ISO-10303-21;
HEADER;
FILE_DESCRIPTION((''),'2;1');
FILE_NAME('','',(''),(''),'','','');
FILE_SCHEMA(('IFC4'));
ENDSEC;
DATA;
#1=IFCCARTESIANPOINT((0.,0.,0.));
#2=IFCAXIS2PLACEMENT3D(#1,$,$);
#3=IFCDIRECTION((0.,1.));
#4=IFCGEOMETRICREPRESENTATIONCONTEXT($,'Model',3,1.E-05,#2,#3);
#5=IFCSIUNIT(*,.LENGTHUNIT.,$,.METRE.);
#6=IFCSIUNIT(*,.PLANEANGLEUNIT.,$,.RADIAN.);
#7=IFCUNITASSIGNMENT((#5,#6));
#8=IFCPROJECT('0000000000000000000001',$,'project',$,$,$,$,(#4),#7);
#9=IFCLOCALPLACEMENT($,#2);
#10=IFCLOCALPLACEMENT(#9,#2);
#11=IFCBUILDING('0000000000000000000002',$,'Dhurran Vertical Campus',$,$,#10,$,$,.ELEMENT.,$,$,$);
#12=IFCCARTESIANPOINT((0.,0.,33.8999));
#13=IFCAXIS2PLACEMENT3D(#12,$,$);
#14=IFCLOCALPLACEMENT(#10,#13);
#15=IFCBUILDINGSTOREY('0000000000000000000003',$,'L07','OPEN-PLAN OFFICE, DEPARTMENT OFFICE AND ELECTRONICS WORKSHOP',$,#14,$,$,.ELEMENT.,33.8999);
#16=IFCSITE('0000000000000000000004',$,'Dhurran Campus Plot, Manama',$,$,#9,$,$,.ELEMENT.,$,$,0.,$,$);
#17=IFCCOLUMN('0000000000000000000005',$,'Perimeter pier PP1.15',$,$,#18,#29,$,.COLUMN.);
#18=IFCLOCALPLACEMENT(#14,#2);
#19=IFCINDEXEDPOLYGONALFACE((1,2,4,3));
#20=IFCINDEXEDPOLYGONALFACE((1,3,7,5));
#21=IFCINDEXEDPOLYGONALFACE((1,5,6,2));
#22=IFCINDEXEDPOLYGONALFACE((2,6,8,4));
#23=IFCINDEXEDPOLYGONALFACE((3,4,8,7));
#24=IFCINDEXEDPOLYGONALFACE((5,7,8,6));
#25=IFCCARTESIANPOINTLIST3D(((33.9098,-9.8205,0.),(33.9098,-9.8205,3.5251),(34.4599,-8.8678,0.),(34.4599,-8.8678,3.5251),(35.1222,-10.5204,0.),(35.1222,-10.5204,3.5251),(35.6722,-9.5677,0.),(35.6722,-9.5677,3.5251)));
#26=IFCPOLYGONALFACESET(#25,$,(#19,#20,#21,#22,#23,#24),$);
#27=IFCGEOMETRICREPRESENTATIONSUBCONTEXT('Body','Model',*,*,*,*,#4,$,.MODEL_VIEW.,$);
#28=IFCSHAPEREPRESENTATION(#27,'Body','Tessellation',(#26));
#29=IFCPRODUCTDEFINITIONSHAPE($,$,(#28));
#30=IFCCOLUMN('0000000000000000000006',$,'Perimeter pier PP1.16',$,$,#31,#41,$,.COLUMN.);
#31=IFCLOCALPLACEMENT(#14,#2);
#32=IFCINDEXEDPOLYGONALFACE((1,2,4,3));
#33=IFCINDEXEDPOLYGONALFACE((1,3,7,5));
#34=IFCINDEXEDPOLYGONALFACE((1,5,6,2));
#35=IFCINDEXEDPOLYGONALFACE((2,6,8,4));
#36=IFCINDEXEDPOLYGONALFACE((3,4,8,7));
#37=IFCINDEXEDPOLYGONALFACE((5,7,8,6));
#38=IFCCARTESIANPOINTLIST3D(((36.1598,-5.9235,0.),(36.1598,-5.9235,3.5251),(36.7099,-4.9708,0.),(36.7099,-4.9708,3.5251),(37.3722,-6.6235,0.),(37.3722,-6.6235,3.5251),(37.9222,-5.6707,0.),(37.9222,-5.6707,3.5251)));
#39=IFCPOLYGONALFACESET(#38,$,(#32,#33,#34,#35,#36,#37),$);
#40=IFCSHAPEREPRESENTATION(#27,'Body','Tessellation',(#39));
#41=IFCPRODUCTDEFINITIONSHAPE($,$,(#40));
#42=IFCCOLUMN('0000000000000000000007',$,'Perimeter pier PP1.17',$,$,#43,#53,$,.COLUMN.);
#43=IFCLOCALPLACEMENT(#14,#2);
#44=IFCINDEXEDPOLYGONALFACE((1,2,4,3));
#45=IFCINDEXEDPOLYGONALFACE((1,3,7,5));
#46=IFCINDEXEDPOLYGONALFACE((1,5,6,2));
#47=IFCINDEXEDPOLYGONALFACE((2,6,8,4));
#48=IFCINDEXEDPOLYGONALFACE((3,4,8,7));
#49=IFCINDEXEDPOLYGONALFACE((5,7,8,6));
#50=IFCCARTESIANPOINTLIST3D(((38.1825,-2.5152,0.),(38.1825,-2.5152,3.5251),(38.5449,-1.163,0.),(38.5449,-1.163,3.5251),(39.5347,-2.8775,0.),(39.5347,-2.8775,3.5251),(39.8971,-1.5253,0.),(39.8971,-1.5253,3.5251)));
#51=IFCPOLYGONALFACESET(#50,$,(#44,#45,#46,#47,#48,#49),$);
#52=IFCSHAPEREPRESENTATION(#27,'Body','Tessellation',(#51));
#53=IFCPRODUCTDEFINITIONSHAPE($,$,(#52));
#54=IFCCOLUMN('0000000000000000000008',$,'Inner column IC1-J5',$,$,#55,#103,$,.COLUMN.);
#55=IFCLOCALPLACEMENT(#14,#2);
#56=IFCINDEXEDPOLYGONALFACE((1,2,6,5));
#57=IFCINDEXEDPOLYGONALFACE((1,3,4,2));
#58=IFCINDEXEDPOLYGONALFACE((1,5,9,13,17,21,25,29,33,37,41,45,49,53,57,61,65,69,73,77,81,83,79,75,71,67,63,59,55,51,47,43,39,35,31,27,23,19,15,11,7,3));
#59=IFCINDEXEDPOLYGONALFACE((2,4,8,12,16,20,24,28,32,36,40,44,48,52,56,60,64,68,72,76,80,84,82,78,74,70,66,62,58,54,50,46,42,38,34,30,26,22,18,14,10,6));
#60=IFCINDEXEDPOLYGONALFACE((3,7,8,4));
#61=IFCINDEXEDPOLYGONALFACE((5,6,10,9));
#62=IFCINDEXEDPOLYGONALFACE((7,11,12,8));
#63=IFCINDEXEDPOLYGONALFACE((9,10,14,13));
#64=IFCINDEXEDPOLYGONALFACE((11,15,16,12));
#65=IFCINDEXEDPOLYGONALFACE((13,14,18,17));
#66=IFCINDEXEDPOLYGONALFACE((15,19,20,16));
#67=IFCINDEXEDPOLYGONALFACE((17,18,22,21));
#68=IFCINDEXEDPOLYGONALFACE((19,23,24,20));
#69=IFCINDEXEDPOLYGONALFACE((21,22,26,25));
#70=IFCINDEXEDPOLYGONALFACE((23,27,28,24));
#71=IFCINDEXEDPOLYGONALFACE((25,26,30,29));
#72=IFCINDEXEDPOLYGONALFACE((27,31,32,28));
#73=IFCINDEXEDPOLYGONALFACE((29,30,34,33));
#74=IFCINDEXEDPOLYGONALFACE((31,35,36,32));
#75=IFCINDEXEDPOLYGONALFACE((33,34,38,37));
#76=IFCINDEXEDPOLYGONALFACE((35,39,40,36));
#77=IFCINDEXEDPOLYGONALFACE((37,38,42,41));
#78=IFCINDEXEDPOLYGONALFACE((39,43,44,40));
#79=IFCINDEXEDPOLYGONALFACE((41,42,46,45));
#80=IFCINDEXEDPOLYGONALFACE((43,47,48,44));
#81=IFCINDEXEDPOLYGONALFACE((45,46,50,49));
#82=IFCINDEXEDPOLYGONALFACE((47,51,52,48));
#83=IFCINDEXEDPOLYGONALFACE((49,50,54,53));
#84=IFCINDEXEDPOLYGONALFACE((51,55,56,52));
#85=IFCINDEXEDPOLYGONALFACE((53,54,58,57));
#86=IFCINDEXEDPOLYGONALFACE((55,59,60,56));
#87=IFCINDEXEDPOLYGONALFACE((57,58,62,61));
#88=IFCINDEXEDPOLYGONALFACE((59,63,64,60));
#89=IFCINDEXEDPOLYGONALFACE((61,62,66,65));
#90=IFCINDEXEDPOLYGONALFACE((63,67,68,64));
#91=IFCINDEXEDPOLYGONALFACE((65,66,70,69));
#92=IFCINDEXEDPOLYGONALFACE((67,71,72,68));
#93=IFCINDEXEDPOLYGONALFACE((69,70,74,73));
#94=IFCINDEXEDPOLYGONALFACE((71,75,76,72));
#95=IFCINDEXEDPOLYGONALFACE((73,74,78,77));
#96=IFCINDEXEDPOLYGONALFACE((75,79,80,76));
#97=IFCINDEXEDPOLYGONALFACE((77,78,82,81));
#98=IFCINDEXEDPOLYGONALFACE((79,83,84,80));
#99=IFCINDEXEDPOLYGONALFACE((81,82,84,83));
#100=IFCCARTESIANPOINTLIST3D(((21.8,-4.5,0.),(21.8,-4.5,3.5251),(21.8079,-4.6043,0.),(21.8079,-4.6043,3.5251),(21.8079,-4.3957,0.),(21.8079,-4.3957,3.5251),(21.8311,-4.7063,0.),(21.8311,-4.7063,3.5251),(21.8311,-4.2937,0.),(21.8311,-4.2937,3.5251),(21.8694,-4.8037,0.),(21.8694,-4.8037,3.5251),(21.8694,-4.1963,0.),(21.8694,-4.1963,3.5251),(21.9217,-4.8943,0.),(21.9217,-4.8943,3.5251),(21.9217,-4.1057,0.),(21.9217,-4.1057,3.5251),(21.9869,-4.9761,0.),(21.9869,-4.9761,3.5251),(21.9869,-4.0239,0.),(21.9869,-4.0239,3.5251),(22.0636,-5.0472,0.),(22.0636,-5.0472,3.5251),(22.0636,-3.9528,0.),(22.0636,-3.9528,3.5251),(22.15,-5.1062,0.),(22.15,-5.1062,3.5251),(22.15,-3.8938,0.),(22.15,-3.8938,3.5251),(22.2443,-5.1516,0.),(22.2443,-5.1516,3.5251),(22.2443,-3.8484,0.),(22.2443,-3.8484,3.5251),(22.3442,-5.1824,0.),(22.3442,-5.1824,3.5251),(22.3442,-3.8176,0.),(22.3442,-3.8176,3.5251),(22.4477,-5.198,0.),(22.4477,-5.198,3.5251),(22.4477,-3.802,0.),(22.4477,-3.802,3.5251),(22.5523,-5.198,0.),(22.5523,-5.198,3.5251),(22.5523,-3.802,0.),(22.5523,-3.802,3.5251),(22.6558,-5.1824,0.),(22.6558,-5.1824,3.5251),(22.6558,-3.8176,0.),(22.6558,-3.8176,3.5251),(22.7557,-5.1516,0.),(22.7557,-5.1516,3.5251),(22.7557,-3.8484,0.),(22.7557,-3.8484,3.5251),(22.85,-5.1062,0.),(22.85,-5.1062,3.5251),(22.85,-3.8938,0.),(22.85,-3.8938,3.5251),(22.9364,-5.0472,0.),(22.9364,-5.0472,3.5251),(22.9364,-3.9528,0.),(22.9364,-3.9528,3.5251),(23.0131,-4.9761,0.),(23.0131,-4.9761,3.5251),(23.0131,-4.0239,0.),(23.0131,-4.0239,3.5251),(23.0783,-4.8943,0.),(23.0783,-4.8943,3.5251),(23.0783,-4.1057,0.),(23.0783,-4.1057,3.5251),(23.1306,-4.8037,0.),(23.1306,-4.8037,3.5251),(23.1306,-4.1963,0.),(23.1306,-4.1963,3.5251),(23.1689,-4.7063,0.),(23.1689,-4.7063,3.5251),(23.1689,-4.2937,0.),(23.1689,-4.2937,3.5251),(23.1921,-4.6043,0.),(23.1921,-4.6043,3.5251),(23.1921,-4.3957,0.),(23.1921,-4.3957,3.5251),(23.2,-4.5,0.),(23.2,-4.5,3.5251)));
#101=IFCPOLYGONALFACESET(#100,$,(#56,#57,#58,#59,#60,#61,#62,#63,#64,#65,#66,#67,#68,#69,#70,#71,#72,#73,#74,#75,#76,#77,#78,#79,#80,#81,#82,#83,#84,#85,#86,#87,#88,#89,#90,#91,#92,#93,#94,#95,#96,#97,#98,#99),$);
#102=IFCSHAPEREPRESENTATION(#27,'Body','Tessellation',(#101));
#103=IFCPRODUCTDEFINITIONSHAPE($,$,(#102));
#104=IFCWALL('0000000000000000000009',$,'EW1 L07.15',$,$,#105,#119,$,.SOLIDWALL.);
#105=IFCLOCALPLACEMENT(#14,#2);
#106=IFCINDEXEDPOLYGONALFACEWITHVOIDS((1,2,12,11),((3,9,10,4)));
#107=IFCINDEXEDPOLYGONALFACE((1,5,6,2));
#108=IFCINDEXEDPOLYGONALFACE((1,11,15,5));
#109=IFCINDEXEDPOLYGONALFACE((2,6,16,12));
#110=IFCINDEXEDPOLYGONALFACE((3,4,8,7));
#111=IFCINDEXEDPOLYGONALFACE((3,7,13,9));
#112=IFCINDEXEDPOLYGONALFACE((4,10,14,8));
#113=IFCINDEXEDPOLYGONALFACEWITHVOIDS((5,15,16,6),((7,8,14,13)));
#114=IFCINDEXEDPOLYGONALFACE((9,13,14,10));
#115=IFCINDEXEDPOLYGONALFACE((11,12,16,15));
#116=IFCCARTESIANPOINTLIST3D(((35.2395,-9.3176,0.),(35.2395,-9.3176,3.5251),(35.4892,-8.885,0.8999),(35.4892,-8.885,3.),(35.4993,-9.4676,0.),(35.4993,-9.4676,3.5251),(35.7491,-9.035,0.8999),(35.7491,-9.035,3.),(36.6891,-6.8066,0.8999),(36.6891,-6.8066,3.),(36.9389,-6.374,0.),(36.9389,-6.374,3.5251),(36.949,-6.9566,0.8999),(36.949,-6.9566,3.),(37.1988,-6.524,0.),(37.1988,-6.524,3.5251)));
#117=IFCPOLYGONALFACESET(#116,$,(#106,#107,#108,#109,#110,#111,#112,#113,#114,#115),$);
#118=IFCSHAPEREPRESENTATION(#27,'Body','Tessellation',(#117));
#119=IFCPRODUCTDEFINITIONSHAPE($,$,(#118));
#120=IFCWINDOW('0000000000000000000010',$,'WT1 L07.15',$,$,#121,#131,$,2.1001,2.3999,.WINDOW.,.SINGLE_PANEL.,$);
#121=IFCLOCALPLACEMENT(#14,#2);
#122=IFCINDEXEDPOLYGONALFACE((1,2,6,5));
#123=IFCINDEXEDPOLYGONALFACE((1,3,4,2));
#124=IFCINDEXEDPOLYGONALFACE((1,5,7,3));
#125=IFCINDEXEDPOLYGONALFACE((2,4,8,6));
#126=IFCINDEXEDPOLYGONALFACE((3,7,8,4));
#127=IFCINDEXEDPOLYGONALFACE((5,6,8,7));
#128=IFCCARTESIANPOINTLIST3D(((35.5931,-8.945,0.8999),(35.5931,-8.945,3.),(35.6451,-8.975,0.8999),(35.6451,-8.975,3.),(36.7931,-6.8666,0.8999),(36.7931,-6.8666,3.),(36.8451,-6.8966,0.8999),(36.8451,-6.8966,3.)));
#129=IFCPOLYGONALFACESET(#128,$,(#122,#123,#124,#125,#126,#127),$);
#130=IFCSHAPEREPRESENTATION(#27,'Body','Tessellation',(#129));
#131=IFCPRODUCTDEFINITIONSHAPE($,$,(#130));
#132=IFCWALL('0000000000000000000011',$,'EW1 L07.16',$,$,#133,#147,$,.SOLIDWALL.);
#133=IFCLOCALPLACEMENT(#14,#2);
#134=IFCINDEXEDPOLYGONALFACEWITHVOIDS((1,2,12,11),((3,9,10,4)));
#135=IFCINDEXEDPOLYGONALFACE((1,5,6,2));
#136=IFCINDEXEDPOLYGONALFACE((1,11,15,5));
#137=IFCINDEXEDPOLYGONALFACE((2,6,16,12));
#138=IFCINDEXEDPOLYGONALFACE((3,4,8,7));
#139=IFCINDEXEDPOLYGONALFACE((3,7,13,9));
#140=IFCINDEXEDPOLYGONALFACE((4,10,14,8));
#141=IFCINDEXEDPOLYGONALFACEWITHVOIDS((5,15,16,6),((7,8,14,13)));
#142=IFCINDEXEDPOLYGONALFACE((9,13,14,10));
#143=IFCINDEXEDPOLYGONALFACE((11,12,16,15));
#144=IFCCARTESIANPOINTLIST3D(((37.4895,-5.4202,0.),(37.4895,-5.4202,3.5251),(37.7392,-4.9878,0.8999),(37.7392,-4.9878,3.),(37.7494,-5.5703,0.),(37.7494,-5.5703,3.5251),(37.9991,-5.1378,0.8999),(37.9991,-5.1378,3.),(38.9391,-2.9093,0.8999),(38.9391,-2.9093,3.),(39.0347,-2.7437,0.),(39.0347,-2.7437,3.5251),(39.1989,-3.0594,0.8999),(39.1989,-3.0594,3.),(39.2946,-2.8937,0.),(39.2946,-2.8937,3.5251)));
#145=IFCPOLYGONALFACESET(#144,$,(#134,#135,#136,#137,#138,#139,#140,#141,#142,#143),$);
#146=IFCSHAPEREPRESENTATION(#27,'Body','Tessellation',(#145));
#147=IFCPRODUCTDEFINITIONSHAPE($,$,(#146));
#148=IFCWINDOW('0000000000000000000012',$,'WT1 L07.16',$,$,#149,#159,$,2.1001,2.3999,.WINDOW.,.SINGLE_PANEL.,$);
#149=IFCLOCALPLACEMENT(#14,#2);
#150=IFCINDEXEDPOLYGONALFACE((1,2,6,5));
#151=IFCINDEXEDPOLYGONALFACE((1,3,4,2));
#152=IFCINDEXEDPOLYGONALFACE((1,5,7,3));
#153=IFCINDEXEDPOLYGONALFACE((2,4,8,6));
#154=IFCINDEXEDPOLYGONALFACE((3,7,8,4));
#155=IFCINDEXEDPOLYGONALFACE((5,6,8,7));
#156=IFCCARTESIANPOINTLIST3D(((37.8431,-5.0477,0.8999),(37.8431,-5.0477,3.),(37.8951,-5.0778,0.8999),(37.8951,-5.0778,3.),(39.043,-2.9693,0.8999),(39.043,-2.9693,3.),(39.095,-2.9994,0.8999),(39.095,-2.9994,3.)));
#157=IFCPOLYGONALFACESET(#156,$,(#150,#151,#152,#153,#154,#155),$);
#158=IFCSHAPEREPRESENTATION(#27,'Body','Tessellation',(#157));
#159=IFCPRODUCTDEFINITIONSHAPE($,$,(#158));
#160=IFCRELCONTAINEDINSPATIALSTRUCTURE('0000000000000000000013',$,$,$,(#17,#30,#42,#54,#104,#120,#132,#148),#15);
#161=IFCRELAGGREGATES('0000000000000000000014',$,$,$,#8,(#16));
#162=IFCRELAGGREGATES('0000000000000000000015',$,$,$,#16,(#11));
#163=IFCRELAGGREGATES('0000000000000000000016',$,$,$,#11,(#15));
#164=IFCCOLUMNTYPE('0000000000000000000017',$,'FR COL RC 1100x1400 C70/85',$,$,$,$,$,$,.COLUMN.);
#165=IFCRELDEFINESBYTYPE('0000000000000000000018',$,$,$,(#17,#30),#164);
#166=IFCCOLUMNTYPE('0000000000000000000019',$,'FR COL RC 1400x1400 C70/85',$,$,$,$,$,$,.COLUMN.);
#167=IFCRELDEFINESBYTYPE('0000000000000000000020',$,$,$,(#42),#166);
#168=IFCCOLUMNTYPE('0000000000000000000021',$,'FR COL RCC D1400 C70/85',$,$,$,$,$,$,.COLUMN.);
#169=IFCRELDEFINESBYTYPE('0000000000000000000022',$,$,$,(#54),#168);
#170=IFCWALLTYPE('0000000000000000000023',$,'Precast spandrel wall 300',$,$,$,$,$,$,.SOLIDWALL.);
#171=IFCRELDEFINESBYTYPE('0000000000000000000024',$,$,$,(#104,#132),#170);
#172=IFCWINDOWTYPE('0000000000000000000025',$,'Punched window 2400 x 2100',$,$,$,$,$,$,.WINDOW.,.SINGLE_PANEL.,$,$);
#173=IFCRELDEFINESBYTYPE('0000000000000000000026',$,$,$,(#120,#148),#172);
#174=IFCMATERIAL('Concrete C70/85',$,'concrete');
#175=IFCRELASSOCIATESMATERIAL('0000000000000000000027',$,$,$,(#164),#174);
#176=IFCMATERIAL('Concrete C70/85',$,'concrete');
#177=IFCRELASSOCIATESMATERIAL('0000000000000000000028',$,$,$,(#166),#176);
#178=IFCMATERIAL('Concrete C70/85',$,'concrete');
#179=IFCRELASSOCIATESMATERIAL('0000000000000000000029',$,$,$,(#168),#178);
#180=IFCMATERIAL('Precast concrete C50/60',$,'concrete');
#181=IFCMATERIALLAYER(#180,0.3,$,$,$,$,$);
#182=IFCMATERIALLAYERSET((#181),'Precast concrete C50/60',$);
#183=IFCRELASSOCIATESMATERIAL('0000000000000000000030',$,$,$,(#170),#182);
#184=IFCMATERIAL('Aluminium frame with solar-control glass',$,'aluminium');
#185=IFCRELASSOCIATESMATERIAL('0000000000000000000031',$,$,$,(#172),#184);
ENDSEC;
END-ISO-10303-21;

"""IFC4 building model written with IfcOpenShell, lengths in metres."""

from ifc_helpers import new_model, si_unit, direction, frame, frame_2d, origin, origin_2d, place, context, subcontext, project, spatial, rectangle, circle, extrude, material, layer, layer_set, material_profile, profile_set, type_object, element, fill, save


model = new_model("IFC4")

# Units and contexts
model_context = context("Model", 3, precision=1e-05, world=origin(), true_north=direction((0.0, 1.0)))
body_context = subcontext(model_context, "Body", "Model", "MODEL_VIEW")
ifc_project = project(units=[si_unit("LENGTHUNIT", "METRE"), si_unit("PLANEANGLEUNIT", "RADIAN")], contexts=[model_context])

# Site, building, storey
site_placement = place(None, origin())
site = spatial("IfcSite", under=ifc_project, at=site_placement, Name="Dhurran Campus Plot, Manama", CompositionType="ELEMENT", RefElevation=0.0)
building_placement = place(site_placement, origin())
building = spatial("IfcBuilding", under=site, at=building_placement, Name="Dhurran Vertical Campus", CompositionType="ELEMENT")
storey_placement = place(building_placement, frame((0.0, 0.0, 33.8999)))
storey = spatial("IfcBuildingStorey", under=building, at=storey_placement, Name="L07", Description="OPEN-PLAN OFFICE, DEPARTMENT OFFICE AND ELECTRONICS WORKSHOP", CompositionType="ELEMENT", Elevation=33.8999)

# Columns
ifc_material_1 = material(Name="Concrete C70/85", Category="concrete")
ifc_material_profile_1 = material_profile(ifc_material_1, rectangle(XDim=1.1001, YDim=1.3999, at=origin_2d()), Name="RC 1100x1400")
ifc_profile_set_1 = profile_set([ifc_material_profile_1], Name="Concrete C70/85")
column_type_1 = type_object("IfcColumnType", Name="FR COL RC 1100x1400 C70/85", PredefinedType="COLUMN", material=ifc_profile_set_1)
for number, where, z_axis, x_axis, name in (
    (1, (34.791, -9.6941, 0.0), (0.0, 0.0, 1.0), (0.5, 0.866025, 0.0), "Perimeter pier PP1.15"),
    (2, (37.041, -5.7971, 0.0), (0.0, 0.0, 1.0), (0.5, 0.866025, 0.0), "Perimeter pier PP1.16"),
):
    element("IfcColumn", number, at=place(storey_placement, frame(where, z_axis=z_axis, x_axis=x_axis)), inside=storey, type_object=column_type_1, Name=name, PredefinedType="COLUMN", context=body_context, shape_type="SweptSolid", body=[
        extrude(rectangle(XDim=1.1001, YDim=1.3999, at=origin_2d()), origin(), (0.0, 0.0, 1.0), 3.5251),
    ])
ifc_material_2 = material(Name="Concrete C70/85", Category="concrete")
ifc_material_profile_2 = material_profile(ifc_material_2, rectangle(XDim=1.3999, YDim=1.3999, at=origin_2d()), Name="RC 1400x1400")
ifc_profile_set_2 = profile_set([ifc_material_profile_2], Name="Concrete C70/85")
column_type_2 = type_object("IfcColumnType", Name="FR COL RC 1400x1400 C70/85", PredefinedType="COLUMN", material=ifc_profile_set_2)
column_1_placement = place(storey_placement, frame((39.0398, -2.0203, 0.0), z_axis=(0.0, 0.0, 1.0), x_axis=(0.258819, 0.965926, 0.0)))
element("IfcColumn", 3, at=column_1_placement, inside=storey, type_object=column_type_2, Name="Perimeter pier PP1.17", PredefinedType="COLUMN", context=body_context, shape_type="SweptSolid", body=[
    extrude(rectangle(XDim=1.3999, YDim=1.3999, at=origin_2d()), origin(), (0.0, 0.0, 1.0), 3.5251),
])
ifc_material_3 = material(Name="Concrete C70/85", Category="concrete")
ifc_material_profile_3 = material_profile(ifc_material_3, circle(Radius=0.7, at=origin_2d()), Name="RCC D1400")
ifc_profile_set_3 = profile_set([ifc_material_profile_3], Name="Concrete C70/85")
column_type_3 = type_object("IfcColumnType", Name="FR COL RCC D1400 C70/85", PredefinedType="COLUMN", material=ifc_profile_set_3)
column_2_placement = place(storey_placement, frame((22.5, -4.5, 0.0), z_axis=(0.0, 0.0, 1.0), x_axis=(1.0, 0.0, 0.0)))
element("IfcColumn", 4, at=column_2_placement, inside=storey, type_object=column_type_3, Name="Inner column IC1-J5", PredefinedType="COLUMN", context=body_context, shape_type="SweptSolid", body=[
    extrude(circle(Radius=0.7, at=origin_2d()), origin(), (0.0, 0.0, 1.0), 3.5251),
])

# Walls, openings, windows
ifc_material_4 = material(Name="Precast concrete C50/60", Category="concrete")
ifc_layer_1 = layer(ifc_material_4, 0.3)
ifc_layer_set_1 = layer_set([ifc_layer_1], Name="Precast concrete C50/60")
wall_type_1 = type_object("IfcWallType", Name="Precast spandrel wall 300", PredefinedType="SOLIDWALL", material=ifc_layer_set_1)
wall_1_placement = place(storey_placement, frame((35.3694, -9.3926, 0.0), z_axis=(0.0, 0.0, 1.0), x_axis=(0.499994, 0.866029, 0.0)))
wall_1 = element("IfcWall", 5, at=wall_1_placement, inside=storey, type_object=wall_type_1, Name="EW1 L07.15", PredefinedType="SOLIDWALL", context=body_context, shape_type="SweptSolid", body=[
    extrude(rectangle(XDim=3.3989, YDim=0.3, at=frame_2d((1.6995, 0.0))), origin(), (0.0, 0.0, 1.0), 3.5251),
])
opening_1_placement = place(wall_1_placement, frame((0.4995, 0.0, 0.8999)))
opening_1 = element("IfcOpeningElement", 6, at=opening_1_placement, cuts=wall_1, PredefinedType="OPENING", context=body_context, shape_type="SweptSolid", body=[
    extrude(rectangle(XDim=2.3999, YDim=2.1001, at=frame_2d((1.2, 1.05))), frame((0.0, 0.1599, 0.0), z_axis=(0.0, -1.0, 0.0), x_axis=(1.0, 0.0, 0.0)), (0.0, 0.0, 1.0), 0.3201),
])
ifc_material_5 = material(Name="Aluminium frame with solar-control glass", Category="aluminium")
window_type = type_object("IfcWindowType", Name="Punched window 2400 x 2100", PartitioningType="SINGLE_PANEL", PredefinedType="WINDOW", material=ifc_material_5)
window_1_placement = place(opening_1_placement, origin())
window_1 = element("IfcWindow", 7, at=window_1_placement, inside=storey, type_object=window_type, Name="WT1 L07.15", OverallHeight=2.1001, OverallWidth=2.3999, PartitioningType="SINGLE_PANEL", PredefinedType="WINDOW", context=body_context, shape_type="SweptSolid", body=[
    extrude(rectangle(XDim=2.3999, YDim=2.1001, at=frame_2d((1.2, 1.05))), frame((0.0, 0.03, 0.0), z_axis=(0.0, -1.0, 0.0), x_axis=(1.0, 0.0, 0.0)), (0.0, 0.0, 1.0), 0.0601),
])
fill(opening_1, window_1)
wall_2_placement = place(storey_placement, frame((37.6194, -5.4954, 0.0), z_axis=(0.0, 0.0, 1.0), x_axis=(0.499971, 0.866042, 0.0)))
wall_2 = element("IfcWall", 8, at=wall_2_placement, inside=storey, type_object=wall_type_1, Name="EW1 L07.16", PredefinedType="SOLIDWALL", context=body_context, shape_type="SweptSolid", body=[
    extrude(rectangle(XDim=3.0906, YDim=0.3, at=frame_2d((1.5454, 0.0))), origin(), (0.0, 0.0, 1.0), 3.5251),
])
opening_2_placement = place(wall_2_placement, frame((0.4995, 0.0, 0.8999)))
opening_2 = element("IfcOpeningElement", 9, at=opening_2_placement, cuts=wall_2, PredefinedType="OPENING", context=body_context, shape_type="SweptSolid", body=[
    extrude(rectangle(XDim=2.3999, YDim=2.1001, at=frame_2d((1.2, 1.05))), frame((0.0, 0.1599, 0.0), z_axis=(0.0, -1.0, 0.0), x_axis=(1.0, 0.0, 0.0)), (0.0, 0.0, 1.0), 0.3201),
])
window_2_placement = place(opening_2_placement, origin())
window_2 = element("IfcWindow", 10, at=window_2_placement, inside=storey, type_object=window_type, Name="WT1 L07.16", OverallHeight=2.1001, OverallWidth=2.3999, PartitioningType="SINGLE_PANEL", PredefinedType="WINDOW", context=body_context, shape_type="SweptSolid", body=[
    extrude(rectangle(XDim=2.3999, YDim=2.1001, at=frame_2d((1.2, 1.05))), frame((0.0, 0.03, 0.0), z_axis=(0.0, -1.0, 0.0), x_axis=(1.0, 0.0, 0.0)), (0.0, 0.0, 1.0), 0.0601),
])
fill(opening_2, window_2)

save(model, "model.ifc")
